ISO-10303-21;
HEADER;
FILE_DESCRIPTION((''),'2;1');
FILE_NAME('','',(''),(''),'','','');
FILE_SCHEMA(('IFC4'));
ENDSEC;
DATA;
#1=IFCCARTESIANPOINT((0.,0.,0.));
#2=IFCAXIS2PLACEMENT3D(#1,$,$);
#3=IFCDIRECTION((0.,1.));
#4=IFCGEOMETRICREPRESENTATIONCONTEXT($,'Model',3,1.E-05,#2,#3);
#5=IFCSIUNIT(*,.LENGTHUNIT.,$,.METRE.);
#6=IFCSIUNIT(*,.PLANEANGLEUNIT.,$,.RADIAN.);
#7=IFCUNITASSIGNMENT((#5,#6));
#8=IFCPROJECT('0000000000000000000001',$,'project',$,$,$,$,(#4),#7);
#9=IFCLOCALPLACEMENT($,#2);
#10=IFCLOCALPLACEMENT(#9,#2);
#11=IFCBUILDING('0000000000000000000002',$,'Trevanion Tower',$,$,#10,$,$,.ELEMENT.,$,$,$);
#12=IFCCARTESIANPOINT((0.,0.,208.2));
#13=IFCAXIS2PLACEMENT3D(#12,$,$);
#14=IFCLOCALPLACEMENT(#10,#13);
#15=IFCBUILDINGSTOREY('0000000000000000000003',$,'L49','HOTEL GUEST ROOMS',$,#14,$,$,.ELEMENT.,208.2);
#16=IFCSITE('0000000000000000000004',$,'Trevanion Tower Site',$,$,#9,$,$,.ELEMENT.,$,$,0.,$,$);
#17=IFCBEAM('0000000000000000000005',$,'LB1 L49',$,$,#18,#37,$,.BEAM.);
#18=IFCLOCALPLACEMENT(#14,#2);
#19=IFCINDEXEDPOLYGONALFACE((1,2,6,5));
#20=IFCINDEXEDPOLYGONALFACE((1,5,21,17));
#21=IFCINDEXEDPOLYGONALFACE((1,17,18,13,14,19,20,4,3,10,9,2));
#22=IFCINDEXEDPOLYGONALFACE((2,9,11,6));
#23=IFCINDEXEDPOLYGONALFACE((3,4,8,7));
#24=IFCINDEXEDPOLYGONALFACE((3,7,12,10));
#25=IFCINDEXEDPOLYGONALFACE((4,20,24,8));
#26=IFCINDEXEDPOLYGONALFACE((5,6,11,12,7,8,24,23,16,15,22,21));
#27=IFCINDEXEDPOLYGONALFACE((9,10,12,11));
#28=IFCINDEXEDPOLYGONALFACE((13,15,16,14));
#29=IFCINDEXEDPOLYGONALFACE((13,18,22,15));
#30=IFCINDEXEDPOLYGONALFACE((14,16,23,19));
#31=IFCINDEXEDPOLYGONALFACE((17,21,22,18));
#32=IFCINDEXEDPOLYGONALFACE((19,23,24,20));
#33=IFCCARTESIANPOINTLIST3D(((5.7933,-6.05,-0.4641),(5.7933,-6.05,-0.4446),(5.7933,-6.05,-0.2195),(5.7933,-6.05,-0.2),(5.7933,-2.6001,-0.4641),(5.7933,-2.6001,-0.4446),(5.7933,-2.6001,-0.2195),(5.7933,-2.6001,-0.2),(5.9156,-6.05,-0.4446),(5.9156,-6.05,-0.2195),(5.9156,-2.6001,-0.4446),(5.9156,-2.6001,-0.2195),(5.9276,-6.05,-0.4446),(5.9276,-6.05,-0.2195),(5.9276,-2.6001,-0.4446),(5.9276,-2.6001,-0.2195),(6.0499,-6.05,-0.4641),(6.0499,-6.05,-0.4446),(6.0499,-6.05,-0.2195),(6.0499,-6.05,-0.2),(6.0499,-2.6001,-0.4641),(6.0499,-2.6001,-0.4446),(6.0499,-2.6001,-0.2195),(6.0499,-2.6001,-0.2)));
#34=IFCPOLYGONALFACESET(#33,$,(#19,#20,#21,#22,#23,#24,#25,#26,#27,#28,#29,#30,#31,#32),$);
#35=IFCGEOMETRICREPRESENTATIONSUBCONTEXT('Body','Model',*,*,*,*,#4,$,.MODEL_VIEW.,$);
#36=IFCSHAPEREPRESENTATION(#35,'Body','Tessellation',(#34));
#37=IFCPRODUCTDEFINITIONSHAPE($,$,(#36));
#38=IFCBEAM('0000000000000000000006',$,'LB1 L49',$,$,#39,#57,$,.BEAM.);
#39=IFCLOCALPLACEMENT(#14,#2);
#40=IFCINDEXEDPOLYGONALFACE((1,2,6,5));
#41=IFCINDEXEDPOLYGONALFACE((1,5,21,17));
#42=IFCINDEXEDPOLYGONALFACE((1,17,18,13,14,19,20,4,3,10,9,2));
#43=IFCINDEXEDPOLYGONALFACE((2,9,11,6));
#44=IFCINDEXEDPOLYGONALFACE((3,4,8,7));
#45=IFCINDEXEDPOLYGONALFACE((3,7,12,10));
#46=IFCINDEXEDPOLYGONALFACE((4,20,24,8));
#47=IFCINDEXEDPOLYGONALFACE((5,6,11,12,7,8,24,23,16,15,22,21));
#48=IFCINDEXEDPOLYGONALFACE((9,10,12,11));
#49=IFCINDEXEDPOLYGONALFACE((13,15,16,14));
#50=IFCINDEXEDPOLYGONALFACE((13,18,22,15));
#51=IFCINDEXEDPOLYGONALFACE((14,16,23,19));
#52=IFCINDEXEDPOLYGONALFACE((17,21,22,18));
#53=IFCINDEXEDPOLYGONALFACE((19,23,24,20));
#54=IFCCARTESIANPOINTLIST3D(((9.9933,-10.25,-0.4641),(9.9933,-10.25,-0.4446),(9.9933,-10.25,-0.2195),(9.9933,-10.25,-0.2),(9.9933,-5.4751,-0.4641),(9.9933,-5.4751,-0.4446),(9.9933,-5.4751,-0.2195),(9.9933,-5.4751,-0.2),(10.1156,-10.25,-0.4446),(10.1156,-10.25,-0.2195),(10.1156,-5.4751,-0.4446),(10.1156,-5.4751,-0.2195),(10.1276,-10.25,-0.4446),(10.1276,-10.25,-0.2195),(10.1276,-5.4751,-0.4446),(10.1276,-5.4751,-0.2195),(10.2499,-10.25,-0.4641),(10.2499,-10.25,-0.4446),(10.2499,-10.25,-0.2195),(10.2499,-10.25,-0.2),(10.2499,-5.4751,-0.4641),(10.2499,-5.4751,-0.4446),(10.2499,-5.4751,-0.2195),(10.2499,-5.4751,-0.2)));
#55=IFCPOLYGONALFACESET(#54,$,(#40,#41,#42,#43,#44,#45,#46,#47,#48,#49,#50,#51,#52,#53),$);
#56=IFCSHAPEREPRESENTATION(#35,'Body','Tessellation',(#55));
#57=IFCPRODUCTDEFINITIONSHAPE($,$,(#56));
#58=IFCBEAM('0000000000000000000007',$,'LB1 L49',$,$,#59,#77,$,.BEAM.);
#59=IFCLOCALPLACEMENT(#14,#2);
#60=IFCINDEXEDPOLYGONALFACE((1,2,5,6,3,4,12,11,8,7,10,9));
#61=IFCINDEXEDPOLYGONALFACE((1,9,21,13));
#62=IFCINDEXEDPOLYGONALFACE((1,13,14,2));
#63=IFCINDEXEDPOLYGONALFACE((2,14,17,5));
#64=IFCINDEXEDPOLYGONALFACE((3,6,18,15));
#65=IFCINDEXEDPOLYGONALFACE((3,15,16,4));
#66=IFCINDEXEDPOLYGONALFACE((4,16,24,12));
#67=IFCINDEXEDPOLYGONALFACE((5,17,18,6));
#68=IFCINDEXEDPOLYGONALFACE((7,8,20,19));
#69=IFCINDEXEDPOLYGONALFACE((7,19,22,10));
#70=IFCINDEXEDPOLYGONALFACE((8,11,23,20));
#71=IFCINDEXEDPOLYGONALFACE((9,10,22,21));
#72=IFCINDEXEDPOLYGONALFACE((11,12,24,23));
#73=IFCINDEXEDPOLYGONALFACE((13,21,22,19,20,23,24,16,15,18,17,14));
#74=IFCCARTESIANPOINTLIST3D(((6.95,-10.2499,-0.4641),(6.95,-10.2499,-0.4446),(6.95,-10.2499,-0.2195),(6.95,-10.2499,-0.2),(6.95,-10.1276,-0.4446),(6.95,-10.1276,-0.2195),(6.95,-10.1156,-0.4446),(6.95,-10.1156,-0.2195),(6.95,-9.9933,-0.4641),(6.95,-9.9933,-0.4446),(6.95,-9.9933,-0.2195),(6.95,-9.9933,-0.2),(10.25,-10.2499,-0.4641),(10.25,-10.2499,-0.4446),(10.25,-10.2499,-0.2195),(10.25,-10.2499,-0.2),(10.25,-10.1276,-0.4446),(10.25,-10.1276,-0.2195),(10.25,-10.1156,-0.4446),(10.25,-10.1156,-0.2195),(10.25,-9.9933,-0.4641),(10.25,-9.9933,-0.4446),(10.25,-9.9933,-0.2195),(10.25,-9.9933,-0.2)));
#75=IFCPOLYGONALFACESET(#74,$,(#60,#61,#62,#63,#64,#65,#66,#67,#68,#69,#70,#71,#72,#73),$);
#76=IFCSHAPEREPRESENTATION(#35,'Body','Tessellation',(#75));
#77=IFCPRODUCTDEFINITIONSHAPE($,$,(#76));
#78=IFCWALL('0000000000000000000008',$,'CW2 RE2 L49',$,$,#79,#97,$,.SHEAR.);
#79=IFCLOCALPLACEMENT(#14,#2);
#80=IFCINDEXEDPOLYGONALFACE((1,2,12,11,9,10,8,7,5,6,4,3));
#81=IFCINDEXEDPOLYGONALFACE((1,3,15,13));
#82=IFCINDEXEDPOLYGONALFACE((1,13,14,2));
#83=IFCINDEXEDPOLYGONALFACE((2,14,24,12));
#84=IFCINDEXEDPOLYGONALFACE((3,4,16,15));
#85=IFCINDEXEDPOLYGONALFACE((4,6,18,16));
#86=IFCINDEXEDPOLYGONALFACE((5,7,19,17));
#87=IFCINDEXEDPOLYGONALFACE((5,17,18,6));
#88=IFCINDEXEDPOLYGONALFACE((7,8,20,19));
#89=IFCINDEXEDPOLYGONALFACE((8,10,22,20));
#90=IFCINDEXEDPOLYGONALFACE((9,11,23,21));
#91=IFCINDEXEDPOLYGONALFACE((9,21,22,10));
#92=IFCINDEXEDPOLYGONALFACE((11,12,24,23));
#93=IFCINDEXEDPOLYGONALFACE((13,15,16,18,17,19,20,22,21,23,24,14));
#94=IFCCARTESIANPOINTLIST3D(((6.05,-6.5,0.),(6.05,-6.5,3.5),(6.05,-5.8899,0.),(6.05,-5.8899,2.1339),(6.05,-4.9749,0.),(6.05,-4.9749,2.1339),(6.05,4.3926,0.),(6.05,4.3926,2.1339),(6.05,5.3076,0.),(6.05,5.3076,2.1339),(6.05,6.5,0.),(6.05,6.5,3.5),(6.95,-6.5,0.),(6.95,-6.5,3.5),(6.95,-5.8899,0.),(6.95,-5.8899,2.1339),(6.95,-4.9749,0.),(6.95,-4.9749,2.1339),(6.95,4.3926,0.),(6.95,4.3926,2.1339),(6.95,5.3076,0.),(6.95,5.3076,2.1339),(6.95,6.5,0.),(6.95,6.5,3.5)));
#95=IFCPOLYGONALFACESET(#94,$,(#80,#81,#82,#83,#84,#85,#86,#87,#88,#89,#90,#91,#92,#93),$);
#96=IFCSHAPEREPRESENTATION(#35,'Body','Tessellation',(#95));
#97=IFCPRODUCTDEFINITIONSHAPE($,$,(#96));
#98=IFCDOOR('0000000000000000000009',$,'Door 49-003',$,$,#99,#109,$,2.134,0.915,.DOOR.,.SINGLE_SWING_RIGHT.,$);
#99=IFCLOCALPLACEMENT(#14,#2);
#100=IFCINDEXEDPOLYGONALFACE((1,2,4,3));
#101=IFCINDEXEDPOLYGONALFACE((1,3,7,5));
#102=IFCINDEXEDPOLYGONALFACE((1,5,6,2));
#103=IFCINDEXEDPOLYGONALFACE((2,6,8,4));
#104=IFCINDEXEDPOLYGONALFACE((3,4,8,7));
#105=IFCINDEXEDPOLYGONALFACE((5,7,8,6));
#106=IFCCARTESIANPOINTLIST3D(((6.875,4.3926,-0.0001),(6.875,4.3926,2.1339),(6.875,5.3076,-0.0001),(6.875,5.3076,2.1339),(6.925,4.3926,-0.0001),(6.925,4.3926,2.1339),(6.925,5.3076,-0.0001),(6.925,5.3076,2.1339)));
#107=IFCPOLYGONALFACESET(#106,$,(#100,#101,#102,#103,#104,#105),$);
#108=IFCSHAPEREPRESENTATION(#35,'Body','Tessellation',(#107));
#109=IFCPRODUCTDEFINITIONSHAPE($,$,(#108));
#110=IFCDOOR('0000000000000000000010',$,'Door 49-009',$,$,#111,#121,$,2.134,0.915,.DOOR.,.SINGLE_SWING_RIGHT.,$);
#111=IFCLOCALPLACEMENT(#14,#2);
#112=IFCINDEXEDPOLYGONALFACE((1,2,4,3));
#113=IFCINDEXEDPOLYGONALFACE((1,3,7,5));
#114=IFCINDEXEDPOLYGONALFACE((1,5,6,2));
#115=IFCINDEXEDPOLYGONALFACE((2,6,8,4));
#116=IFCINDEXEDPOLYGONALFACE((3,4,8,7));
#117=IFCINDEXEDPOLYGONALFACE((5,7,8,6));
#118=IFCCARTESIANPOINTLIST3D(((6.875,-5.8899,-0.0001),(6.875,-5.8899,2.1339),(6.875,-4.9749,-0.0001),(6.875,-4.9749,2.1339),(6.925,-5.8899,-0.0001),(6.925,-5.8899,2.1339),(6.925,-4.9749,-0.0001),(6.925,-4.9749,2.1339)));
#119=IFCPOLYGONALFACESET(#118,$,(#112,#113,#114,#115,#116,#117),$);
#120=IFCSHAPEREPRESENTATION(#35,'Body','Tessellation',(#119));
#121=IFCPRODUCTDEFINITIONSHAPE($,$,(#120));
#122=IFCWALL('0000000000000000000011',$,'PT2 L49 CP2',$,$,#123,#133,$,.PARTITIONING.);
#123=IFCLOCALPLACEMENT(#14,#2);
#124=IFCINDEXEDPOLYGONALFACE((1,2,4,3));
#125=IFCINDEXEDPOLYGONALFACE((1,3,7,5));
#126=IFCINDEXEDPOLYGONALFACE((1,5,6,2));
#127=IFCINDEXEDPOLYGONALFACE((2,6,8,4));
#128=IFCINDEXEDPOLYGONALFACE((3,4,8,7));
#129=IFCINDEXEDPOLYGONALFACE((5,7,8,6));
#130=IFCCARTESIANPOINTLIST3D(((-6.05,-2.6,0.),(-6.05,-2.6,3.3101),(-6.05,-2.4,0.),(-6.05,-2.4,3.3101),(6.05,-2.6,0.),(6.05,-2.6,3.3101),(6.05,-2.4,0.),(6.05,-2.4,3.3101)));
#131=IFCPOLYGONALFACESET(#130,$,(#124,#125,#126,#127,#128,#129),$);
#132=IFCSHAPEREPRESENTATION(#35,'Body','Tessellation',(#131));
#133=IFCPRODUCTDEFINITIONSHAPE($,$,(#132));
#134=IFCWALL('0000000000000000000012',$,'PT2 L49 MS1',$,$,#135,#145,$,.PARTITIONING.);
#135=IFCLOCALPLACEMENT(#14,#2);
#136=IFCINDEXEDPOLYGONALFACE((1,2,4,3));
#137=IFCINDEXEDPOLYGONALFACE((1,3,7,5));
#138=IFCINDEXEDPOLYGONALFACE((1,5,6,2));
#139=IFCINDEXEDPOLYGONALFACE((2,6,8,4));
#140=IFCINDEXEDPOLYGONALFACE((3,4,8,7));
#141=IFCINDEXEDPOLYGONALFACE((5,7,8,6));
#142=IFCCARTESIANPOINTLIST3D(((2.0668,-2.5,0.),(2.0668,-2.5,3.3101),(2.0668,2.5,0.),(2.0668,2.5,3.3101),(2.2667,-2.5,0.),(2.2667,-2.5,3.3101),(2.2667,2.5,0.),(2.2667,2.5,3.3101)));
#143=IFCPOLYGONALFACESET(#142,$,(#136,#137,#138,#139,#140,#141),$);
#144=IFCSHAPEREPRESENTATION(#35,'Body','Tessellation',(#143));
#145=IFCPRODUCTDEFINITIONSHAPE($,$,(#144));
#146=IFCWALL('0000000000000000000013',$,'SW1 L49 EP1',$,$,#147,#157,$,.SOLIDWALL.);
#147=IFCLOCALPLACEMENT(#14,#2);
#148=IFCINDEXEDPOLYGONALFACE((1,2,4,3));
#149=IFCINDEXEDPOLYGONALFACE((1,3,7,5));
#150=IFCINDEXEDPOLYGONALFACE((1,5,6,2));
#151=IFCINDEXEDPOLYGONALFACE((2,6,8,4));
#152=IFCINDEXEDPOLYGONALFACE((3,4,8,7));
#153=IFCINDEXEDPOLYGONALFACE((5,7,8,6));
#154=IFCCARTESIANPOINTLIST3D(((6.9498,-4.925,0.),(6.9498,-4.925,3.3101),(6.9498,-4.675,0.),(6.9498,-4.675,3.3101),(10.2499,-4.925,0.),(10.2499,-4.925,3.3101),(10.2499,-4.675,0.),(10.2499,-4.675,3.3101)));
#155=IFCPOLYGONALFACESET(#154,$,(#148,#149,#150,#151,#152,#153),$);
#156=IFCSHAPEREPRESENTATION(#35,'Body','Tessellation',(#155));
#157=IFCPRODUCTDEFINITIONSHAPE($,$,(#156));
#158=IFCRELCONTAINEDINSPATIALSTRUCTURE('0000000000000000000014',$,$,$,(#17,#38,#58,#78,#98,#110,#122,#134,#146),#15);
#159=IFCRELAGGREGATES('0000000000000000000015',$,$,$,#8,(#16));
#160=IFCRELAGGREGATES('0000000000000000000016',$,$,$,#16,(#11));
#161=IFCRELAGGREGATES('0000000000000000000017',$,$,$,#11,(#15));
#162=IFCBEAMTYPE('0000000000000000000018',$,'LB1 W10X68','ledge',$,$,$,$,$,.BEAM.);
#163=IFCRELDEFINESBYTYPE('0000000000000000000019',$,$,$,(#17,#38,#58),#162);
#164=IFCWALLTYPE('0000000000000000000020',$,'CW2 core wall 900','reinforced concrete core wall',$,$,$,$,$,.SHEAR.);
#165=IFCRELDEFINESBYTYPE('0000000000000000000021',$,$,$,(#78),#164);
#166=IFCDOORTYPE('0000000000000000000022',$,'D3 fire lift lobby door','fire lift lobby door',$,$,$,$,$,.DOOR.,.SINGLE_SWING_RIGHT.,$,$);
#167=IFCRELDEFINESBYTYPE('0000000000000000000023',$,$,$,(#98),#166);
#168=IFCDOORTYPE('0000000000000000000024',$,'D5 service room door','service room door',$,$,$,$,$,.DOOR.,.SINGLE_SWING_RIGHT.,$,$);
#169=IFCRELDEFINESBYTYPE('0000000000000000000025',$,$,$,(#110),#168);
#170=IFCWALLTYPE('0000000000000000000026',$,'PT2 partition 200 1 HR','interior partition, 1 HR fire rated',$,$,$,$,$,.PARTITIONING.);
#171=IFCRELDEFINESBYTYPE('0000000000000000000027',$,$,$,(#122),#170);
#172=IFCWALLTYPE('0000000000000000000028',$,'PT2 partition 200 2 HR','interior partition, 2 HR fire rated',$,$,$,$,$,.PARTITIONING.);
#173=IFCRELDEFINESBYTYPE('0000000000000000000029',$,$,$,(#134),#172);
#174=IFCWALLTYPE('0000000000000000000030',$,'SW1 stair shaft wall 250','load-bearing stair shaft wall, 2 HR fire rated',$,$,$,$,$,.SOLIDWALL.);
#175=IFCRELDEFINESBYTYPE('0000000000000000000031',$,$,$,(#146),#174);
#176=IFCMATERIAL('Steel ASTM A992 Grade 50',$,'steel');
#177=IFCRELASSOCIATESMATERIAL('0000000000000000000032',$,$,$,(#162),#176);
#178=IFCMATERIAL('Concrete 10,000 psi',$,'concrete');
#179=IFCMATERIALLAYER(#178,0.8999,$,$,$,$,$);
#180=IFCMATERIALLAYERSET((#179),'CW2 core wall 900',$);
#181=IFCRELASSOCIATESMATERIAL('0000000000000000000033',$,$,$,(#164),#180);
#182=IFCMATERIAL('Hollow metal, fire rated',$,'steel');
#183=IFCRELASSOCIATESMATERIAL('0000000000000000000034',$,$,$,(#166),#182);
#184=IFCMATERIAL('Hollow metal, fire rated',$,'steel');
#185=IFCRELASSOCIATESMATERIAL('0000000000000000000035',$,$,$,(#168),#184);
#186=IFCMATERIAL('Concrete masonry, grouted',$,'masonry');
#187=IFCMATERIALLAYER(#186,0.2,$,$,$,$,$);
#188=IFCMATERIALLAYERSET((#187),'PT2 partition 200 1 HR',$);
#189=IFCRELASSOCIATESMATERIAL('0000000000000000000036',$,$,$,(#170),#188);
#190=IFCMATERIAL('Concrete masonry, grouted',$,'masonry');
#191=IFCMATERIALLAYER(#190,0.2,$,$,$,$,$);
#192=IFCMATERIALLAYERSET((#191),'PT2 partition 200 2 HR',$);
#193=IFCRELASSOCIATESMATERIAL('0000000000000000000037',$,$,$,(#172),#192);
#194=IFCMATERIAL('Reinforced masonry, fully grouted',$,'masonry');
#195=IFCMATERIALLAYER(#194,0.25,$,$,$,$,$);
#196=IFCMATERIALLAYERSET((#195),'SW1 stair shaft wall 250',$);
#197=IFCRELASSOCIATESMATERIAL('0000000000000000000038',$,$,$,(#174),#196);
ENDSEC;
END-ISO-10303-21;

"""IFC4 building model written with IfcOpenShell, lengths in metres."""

from ifc_helpers import new_model, si_unit, direction, frame, frame_2d, origin, origin_2d, place, context, subcontext, project, spatial, rectangle, i_section, extrude, material, layer, layer_set, material_profile, profile_set, type_object, element, fill, save


model = new_model("IFC4")

# Units and contexts
model_context = context("Model", 3, precision=1e-05, world=origin(), true_north=direction((0.0, 1.0)))
body_context = subcontext(model_context, "Body", "Model", "MODEL_VIEW")
ifc_project = project(units=[si_unit("LENGTHUNIT", "METRE"), si_unit("PLANEANGLEUNIT", "RADIAN")], contexts=[model_context])

# Site, building, storey
site_placement = place(None, origin())
site = spatial("IfcSite", under=ifc_project, at=site_placement, Name="Trevanion Tower Site", CompositionType="ELEMENT", RefElevation=0.0)
building_placement = place(site_placement, origin())
building = spatial("IfcBuilding", under=site, at=building_placement, Name="Trevanion Tower", CompositionType="ELEMENT")
storey_placement = place(building_placement, frame((0.0, 0.0, 208.2)))
storey = spatial("IfcBuildingStorey", under=building, at=storey_placement, Name="L49", Description="HOTEL GUEST ROOMS", CompositionType="ELEMENT", Elevation=208.2)

# Beams
ifc_material_1 = material(Name="Steel ASTM A992 Grade 50", Category="steel")
ifc_material_profile = material_profile(ifc_material_1, i_section(OverallWidth=0.2566, OverallDepth=0.2642, WebThickness=0.012, FlangeThickness=0.0195, at=origin_2d()), Name="W10X68")
ifc_profile_set = profile_set([ifc_material_profile], Name="Steel ASTM A992 Grade 50")
beam_type = type_object("IfcBeamType", Name="LB1 W10X68", Description="ledge", PredefinedType="BEAM", material=ifc_profile_set)
beam_1_placement = place(storey_placement, frame((5.9216, -6.05, -0.332), z_axis=(0.0, 1.0, 0.0), x_axis=(-1.0, 0.0, 0.0)))
element("IfcBeam", 1, at=beam_1_placement, inside=storey, type_object=beam_type, Name="LB1 L49", PredefinedType="BEAM", context=body_context, shape_type="SweptSolid", body=[
    extrude(i_section(OverallWidth=0.2566, OverallDepth=0.2642, WebThickness=0.012, FlangeThickness=0.0195, at=origin_2d()), origin(), (0.0, 0.0, 1.0), 3.45),
])
beam_2_placement = place(storey_placement, frame((10.1216, -10.25, -0.332), z_axis=(0.0, 1.0, 0.0), x_axis=(-1.0, 0.0, 0.0)))
element("IfcBeam", 2, at=beam_2_placement, inside=storey, type_object=beam_type, Name="LB1 L49", PredefinedType="BEAM", context=body_context, shape_type="SweptSolid", body=[
    extrude(i_section(OverallWidth=0.2566, OverallDepth=0.2642, WebThickness=0.012, FlangeThickness=0.0195, at=origin_2d()), origin(), (0.0, 0.0, 1.0), 4.7749),
])
beam_3_placement = place(storey_placement, frame((6.95, -10.1216, -0.332), z_axis=(1.0, 0.0, 0.0), x_axis=(0.0, 1.0, 0.0)))
element("IfcBeam", 3, at=beam_3_placement, inside=storey, type_object=beam_type, Name="LB1 L49", PredefinedType="BEAM", context=body_context, shape_type="SweptSolid", body=[
    extrude(i_section(OverallWidth=0.2566, OverallDepth=0.2642, WebThickness=0.012, FlangeThickness=0.0195, at=origin_2d()), origin(), (0.0, 0.0, 1.0), 3.3),
])

# Wall, openings, doors
ifc_material_2 = material(Name="Concrete 10,000 psi", Category="concrete")
ifc_layer_1 = layer(ifc_material_2, 0.8999)
ifc_layer_set_1 = layer_set([ifc_layer_1], Name="CW2 core wall 900")
wall_type_1 = type_object("IfcWallType", Name="CW2 core wall 900", Description="reinforced concrete core wall", PredefinedType="SHEAR", material=ifc_layer_set_1)
wall_1_placement = place(storey_placement, frame((6.5, -6.5, 0.0), z_axis=(0.0, 0.0, 1.0), x_axis=(0.0, 1.0, 0.0)))
wall_1 = element("IfcWall", 4, at=wall_1_placement, inside=storey, type_object=wall_type_1, Name="CW2 RE2 L49", PredefinedType="SHEAR", context=body_context, shape_type="SweptSolid", body=[
    extrude(rectangle(XDim=13.0, YDim=0.8999, at=frame_2d((6.5, 0.0))), origin(), (0.0, 0.0, 1.0), 3.5),
])
opening_1_placement = place(wall_1_placement, frame((10.8926, 0.0, 0.0)))
opening_1 = element("IfcOpeningElement", 5, at=opening_1_placement, cuts=wall_1, PredefinedType="OPENING", context=body_context, shape_type="SweptSolid", body=[
    extrude(rectangle(XDim=0.915, YDim=2.134, at=frame_2d((0.4575, 1.0669))), frame((0.0, 0.46, 0.0), z_axis=(0.0, -1.0, 0.0), x_axis=(1.0, 0.0, 0.0)), (0.0, 0.0, 1.0), 0.9199),
])
opening_2_placement = place(wall_1_placement, frame((0.6101, 0.0, 0.0)))
opening_2 = element("IfcOpeningElement", 6, at=opening_2_placement, cuts=wall_1, PredefinedType="OPENING", context=body_context, shape_type="SweptSolid", body=[
    extrude(rectangle(XDim=0.915, YDim=2.134, at=frame_2d((0.4575, 1.0669))), frame((0.0, 0.46, 0.0), z_axis=(0.0, -1.0, 0.0), x_axis=(1.0, 0.0, 0.0)), (0.0, 0.0, 1.0), 0.9199),
])
ifc_material_3 = material(Name="Hollow metal, fire rated", Category="steel")
door_type_1 = type_object("IfcDoorType", Name="D3 fire lift lobby door", Description="fire lift lobby door", OperationType="SINGLE_SWING_RIGHT", PredefinedType="DOOR", material=ifc_material_3)
door_1_placement = place(opening_1_placement, origin())
door_1 = element("IfcDoor", 7, at=door_1_placement, inside=storey, type_object=door_type_1, Name="Door 49-003", OperationType="SINGLE_SWING_RIGHT", OverallHeight=2.134, OverallWidth=0.915, PredefinedType="DOOR", context=body_context, shape_type="SweptSolid", body=[
    extrude(rectangle(XDim=0.915, YDim=2.134, at=frame_2d((0.4575, 1.0669))), frame((0.0, -0.375, 0.0), z_axis=(0.0, -1.0, 0.0), x_axis=(1.0, 0.0, 0.0)), (0.0, 0.0, 1.0), 0.05),
])
fill(opening_1, door_1)
ifc_material_4 = material(Name="Hollow metal, fire rated", Category="steel")
door_type_2 = type_object("IfcDoorType", Name="D5 service room door", Description="service room door", OperationType="SINGLE_SWING_RIGHT", PredefinedType="DOOR", material=ifc_material_4)
door_2_placement = place(opening_2_placement, origin())
door_2 = element("IfcDoor", 8, at=door_2_placement, inside=storey, type_object=door_type_2, Name="Door 49-009", OperationType="SINGLE_SWING_RIGHT", OverallHeight=2.134, OverallWidth=0.915, PredefinedType="DOOR", context=body_context, shape_type="SweptSolid", body=[
    extrude(rectangle(XDim=0.915, YDim=2.134, at=frame_2d((0.4575, 1.0669))), frame((0.0, -0.375, 0.0), z_axis=(0.0, -1.0, 0.0), x_axis=(1.0, 0.0, 0.0)), (0.0, 0.0, 1.0), 0.05),
])
fill(opening_2, door_2)

# Walls
ifc_material_5 = material(Name="Concrete masonry, grouted", Category="masonry")
ifc_layer_2 = layer(ifc_material_5, 0.2)
ifc_layer_set_2 = layer_set([ifc_layer_2], Name="PT2 partition 200 1 HR")
wall_type_2 = type_object("IfcWallType", Name="PT2 partition 200 1 HR", Description="interior partition, 1 HR fire rated", PredefinedType="PARTITIONING", material=ifc_layer_set_2)
wall_2_placement = place(storey_placement, frame((6.05, -2.5, 0.0), z_axis=(0.0, 0.0, 1.0), x_axis=(-1.0, 0.0, 0.0)))
element("IfcWall", 9, at=wall_2_placement, inside=storey, type_object=wall_type_2, Name="PT2 L49 CP2", PredefinedType="PARTITIONING", context=body_context, shape_type="SweptSolid", body=[
    extrude(rectangle(XDim=12.1001, YDim=0.2, at=frame_2d((6.05, 0.0))), origin(), (0.0, 0.0, 1.0), 3.3101),
])
ifc_material_6 = material(Name="Concrete masonry, grouted", Category="masonry")
ifc_layer_3 = layer(ifc_material_6, 0.2)
ifc_layer_set_3 = layer_set([ifc_layer_3], Name="PT2 partition 200 2 HR")
wall_type_3 = type_object("IfcWallType", Name="PT2 partition 200 2 HR", Description="interior partition, 2 HR fire rated", PredefinedType="PARTITIONING", material=ifc_layer_set_3)
wall_3_placement = place(storey_placement, frame((2.1667, -2.5, 0.0), z_axis=(0.0, 0.0, 1.0), x_axis=(0.0, 1.0, 0.0)))
element("IfcWall", 10, at=wall_3_placement, inside=storey, type_object=wall_type_3, Name="PT2 L49 MS1", PredefinedType="PARTITIONING", context=body_context, shape_type="SweptSolid", body=[
    extrude(rectangle(XDim=5.0, YDim=0.2, at=frame_2d((2.5, 0.0))), origin(), (0.0, 0.0, 1.0), 3.3101),
])
ifc_material_7 = material(Name="Reinforced masonry, fully grouted", Category="masonry")
ifc_layer_4 = layer(ifc_material_7, 0.25)
ifc_layer_set_4 = layer_set([ifc_layer_4], Name="SW1 stair shaft wall 250")
wall_type_4 = type_object("IfcWallType", Name="SW1 stair shaft wall 250", Description="load-bearing stair shaft wall, 2 HR fire rated", PredefinedType="SOLIDWALL", material=ifc_layer_set_4)
wall_4_placement = place(storey_placement, frame((6.95, -4.8, 0.0), z_axis=(0.0, 0.0, 1.0), x_axis=(1.0, 0.0, 0.0)))
element("IfcWall", 11, at=wall_4_placement, inside=storey, type_object=wall_type_4, Name="SW1 L49 EP1", PredefinedType="SOLIDWALL", context=body_context, shape_type="SweptSolid", body=[
    extrude(rectangle(XDim=3.3, YDim=0.25, at=frame_2d((1.6499, 0.0))), origin(), (0.0, 0.0, 1.0), 3.3101),
])

save(model, "model.ifc")
